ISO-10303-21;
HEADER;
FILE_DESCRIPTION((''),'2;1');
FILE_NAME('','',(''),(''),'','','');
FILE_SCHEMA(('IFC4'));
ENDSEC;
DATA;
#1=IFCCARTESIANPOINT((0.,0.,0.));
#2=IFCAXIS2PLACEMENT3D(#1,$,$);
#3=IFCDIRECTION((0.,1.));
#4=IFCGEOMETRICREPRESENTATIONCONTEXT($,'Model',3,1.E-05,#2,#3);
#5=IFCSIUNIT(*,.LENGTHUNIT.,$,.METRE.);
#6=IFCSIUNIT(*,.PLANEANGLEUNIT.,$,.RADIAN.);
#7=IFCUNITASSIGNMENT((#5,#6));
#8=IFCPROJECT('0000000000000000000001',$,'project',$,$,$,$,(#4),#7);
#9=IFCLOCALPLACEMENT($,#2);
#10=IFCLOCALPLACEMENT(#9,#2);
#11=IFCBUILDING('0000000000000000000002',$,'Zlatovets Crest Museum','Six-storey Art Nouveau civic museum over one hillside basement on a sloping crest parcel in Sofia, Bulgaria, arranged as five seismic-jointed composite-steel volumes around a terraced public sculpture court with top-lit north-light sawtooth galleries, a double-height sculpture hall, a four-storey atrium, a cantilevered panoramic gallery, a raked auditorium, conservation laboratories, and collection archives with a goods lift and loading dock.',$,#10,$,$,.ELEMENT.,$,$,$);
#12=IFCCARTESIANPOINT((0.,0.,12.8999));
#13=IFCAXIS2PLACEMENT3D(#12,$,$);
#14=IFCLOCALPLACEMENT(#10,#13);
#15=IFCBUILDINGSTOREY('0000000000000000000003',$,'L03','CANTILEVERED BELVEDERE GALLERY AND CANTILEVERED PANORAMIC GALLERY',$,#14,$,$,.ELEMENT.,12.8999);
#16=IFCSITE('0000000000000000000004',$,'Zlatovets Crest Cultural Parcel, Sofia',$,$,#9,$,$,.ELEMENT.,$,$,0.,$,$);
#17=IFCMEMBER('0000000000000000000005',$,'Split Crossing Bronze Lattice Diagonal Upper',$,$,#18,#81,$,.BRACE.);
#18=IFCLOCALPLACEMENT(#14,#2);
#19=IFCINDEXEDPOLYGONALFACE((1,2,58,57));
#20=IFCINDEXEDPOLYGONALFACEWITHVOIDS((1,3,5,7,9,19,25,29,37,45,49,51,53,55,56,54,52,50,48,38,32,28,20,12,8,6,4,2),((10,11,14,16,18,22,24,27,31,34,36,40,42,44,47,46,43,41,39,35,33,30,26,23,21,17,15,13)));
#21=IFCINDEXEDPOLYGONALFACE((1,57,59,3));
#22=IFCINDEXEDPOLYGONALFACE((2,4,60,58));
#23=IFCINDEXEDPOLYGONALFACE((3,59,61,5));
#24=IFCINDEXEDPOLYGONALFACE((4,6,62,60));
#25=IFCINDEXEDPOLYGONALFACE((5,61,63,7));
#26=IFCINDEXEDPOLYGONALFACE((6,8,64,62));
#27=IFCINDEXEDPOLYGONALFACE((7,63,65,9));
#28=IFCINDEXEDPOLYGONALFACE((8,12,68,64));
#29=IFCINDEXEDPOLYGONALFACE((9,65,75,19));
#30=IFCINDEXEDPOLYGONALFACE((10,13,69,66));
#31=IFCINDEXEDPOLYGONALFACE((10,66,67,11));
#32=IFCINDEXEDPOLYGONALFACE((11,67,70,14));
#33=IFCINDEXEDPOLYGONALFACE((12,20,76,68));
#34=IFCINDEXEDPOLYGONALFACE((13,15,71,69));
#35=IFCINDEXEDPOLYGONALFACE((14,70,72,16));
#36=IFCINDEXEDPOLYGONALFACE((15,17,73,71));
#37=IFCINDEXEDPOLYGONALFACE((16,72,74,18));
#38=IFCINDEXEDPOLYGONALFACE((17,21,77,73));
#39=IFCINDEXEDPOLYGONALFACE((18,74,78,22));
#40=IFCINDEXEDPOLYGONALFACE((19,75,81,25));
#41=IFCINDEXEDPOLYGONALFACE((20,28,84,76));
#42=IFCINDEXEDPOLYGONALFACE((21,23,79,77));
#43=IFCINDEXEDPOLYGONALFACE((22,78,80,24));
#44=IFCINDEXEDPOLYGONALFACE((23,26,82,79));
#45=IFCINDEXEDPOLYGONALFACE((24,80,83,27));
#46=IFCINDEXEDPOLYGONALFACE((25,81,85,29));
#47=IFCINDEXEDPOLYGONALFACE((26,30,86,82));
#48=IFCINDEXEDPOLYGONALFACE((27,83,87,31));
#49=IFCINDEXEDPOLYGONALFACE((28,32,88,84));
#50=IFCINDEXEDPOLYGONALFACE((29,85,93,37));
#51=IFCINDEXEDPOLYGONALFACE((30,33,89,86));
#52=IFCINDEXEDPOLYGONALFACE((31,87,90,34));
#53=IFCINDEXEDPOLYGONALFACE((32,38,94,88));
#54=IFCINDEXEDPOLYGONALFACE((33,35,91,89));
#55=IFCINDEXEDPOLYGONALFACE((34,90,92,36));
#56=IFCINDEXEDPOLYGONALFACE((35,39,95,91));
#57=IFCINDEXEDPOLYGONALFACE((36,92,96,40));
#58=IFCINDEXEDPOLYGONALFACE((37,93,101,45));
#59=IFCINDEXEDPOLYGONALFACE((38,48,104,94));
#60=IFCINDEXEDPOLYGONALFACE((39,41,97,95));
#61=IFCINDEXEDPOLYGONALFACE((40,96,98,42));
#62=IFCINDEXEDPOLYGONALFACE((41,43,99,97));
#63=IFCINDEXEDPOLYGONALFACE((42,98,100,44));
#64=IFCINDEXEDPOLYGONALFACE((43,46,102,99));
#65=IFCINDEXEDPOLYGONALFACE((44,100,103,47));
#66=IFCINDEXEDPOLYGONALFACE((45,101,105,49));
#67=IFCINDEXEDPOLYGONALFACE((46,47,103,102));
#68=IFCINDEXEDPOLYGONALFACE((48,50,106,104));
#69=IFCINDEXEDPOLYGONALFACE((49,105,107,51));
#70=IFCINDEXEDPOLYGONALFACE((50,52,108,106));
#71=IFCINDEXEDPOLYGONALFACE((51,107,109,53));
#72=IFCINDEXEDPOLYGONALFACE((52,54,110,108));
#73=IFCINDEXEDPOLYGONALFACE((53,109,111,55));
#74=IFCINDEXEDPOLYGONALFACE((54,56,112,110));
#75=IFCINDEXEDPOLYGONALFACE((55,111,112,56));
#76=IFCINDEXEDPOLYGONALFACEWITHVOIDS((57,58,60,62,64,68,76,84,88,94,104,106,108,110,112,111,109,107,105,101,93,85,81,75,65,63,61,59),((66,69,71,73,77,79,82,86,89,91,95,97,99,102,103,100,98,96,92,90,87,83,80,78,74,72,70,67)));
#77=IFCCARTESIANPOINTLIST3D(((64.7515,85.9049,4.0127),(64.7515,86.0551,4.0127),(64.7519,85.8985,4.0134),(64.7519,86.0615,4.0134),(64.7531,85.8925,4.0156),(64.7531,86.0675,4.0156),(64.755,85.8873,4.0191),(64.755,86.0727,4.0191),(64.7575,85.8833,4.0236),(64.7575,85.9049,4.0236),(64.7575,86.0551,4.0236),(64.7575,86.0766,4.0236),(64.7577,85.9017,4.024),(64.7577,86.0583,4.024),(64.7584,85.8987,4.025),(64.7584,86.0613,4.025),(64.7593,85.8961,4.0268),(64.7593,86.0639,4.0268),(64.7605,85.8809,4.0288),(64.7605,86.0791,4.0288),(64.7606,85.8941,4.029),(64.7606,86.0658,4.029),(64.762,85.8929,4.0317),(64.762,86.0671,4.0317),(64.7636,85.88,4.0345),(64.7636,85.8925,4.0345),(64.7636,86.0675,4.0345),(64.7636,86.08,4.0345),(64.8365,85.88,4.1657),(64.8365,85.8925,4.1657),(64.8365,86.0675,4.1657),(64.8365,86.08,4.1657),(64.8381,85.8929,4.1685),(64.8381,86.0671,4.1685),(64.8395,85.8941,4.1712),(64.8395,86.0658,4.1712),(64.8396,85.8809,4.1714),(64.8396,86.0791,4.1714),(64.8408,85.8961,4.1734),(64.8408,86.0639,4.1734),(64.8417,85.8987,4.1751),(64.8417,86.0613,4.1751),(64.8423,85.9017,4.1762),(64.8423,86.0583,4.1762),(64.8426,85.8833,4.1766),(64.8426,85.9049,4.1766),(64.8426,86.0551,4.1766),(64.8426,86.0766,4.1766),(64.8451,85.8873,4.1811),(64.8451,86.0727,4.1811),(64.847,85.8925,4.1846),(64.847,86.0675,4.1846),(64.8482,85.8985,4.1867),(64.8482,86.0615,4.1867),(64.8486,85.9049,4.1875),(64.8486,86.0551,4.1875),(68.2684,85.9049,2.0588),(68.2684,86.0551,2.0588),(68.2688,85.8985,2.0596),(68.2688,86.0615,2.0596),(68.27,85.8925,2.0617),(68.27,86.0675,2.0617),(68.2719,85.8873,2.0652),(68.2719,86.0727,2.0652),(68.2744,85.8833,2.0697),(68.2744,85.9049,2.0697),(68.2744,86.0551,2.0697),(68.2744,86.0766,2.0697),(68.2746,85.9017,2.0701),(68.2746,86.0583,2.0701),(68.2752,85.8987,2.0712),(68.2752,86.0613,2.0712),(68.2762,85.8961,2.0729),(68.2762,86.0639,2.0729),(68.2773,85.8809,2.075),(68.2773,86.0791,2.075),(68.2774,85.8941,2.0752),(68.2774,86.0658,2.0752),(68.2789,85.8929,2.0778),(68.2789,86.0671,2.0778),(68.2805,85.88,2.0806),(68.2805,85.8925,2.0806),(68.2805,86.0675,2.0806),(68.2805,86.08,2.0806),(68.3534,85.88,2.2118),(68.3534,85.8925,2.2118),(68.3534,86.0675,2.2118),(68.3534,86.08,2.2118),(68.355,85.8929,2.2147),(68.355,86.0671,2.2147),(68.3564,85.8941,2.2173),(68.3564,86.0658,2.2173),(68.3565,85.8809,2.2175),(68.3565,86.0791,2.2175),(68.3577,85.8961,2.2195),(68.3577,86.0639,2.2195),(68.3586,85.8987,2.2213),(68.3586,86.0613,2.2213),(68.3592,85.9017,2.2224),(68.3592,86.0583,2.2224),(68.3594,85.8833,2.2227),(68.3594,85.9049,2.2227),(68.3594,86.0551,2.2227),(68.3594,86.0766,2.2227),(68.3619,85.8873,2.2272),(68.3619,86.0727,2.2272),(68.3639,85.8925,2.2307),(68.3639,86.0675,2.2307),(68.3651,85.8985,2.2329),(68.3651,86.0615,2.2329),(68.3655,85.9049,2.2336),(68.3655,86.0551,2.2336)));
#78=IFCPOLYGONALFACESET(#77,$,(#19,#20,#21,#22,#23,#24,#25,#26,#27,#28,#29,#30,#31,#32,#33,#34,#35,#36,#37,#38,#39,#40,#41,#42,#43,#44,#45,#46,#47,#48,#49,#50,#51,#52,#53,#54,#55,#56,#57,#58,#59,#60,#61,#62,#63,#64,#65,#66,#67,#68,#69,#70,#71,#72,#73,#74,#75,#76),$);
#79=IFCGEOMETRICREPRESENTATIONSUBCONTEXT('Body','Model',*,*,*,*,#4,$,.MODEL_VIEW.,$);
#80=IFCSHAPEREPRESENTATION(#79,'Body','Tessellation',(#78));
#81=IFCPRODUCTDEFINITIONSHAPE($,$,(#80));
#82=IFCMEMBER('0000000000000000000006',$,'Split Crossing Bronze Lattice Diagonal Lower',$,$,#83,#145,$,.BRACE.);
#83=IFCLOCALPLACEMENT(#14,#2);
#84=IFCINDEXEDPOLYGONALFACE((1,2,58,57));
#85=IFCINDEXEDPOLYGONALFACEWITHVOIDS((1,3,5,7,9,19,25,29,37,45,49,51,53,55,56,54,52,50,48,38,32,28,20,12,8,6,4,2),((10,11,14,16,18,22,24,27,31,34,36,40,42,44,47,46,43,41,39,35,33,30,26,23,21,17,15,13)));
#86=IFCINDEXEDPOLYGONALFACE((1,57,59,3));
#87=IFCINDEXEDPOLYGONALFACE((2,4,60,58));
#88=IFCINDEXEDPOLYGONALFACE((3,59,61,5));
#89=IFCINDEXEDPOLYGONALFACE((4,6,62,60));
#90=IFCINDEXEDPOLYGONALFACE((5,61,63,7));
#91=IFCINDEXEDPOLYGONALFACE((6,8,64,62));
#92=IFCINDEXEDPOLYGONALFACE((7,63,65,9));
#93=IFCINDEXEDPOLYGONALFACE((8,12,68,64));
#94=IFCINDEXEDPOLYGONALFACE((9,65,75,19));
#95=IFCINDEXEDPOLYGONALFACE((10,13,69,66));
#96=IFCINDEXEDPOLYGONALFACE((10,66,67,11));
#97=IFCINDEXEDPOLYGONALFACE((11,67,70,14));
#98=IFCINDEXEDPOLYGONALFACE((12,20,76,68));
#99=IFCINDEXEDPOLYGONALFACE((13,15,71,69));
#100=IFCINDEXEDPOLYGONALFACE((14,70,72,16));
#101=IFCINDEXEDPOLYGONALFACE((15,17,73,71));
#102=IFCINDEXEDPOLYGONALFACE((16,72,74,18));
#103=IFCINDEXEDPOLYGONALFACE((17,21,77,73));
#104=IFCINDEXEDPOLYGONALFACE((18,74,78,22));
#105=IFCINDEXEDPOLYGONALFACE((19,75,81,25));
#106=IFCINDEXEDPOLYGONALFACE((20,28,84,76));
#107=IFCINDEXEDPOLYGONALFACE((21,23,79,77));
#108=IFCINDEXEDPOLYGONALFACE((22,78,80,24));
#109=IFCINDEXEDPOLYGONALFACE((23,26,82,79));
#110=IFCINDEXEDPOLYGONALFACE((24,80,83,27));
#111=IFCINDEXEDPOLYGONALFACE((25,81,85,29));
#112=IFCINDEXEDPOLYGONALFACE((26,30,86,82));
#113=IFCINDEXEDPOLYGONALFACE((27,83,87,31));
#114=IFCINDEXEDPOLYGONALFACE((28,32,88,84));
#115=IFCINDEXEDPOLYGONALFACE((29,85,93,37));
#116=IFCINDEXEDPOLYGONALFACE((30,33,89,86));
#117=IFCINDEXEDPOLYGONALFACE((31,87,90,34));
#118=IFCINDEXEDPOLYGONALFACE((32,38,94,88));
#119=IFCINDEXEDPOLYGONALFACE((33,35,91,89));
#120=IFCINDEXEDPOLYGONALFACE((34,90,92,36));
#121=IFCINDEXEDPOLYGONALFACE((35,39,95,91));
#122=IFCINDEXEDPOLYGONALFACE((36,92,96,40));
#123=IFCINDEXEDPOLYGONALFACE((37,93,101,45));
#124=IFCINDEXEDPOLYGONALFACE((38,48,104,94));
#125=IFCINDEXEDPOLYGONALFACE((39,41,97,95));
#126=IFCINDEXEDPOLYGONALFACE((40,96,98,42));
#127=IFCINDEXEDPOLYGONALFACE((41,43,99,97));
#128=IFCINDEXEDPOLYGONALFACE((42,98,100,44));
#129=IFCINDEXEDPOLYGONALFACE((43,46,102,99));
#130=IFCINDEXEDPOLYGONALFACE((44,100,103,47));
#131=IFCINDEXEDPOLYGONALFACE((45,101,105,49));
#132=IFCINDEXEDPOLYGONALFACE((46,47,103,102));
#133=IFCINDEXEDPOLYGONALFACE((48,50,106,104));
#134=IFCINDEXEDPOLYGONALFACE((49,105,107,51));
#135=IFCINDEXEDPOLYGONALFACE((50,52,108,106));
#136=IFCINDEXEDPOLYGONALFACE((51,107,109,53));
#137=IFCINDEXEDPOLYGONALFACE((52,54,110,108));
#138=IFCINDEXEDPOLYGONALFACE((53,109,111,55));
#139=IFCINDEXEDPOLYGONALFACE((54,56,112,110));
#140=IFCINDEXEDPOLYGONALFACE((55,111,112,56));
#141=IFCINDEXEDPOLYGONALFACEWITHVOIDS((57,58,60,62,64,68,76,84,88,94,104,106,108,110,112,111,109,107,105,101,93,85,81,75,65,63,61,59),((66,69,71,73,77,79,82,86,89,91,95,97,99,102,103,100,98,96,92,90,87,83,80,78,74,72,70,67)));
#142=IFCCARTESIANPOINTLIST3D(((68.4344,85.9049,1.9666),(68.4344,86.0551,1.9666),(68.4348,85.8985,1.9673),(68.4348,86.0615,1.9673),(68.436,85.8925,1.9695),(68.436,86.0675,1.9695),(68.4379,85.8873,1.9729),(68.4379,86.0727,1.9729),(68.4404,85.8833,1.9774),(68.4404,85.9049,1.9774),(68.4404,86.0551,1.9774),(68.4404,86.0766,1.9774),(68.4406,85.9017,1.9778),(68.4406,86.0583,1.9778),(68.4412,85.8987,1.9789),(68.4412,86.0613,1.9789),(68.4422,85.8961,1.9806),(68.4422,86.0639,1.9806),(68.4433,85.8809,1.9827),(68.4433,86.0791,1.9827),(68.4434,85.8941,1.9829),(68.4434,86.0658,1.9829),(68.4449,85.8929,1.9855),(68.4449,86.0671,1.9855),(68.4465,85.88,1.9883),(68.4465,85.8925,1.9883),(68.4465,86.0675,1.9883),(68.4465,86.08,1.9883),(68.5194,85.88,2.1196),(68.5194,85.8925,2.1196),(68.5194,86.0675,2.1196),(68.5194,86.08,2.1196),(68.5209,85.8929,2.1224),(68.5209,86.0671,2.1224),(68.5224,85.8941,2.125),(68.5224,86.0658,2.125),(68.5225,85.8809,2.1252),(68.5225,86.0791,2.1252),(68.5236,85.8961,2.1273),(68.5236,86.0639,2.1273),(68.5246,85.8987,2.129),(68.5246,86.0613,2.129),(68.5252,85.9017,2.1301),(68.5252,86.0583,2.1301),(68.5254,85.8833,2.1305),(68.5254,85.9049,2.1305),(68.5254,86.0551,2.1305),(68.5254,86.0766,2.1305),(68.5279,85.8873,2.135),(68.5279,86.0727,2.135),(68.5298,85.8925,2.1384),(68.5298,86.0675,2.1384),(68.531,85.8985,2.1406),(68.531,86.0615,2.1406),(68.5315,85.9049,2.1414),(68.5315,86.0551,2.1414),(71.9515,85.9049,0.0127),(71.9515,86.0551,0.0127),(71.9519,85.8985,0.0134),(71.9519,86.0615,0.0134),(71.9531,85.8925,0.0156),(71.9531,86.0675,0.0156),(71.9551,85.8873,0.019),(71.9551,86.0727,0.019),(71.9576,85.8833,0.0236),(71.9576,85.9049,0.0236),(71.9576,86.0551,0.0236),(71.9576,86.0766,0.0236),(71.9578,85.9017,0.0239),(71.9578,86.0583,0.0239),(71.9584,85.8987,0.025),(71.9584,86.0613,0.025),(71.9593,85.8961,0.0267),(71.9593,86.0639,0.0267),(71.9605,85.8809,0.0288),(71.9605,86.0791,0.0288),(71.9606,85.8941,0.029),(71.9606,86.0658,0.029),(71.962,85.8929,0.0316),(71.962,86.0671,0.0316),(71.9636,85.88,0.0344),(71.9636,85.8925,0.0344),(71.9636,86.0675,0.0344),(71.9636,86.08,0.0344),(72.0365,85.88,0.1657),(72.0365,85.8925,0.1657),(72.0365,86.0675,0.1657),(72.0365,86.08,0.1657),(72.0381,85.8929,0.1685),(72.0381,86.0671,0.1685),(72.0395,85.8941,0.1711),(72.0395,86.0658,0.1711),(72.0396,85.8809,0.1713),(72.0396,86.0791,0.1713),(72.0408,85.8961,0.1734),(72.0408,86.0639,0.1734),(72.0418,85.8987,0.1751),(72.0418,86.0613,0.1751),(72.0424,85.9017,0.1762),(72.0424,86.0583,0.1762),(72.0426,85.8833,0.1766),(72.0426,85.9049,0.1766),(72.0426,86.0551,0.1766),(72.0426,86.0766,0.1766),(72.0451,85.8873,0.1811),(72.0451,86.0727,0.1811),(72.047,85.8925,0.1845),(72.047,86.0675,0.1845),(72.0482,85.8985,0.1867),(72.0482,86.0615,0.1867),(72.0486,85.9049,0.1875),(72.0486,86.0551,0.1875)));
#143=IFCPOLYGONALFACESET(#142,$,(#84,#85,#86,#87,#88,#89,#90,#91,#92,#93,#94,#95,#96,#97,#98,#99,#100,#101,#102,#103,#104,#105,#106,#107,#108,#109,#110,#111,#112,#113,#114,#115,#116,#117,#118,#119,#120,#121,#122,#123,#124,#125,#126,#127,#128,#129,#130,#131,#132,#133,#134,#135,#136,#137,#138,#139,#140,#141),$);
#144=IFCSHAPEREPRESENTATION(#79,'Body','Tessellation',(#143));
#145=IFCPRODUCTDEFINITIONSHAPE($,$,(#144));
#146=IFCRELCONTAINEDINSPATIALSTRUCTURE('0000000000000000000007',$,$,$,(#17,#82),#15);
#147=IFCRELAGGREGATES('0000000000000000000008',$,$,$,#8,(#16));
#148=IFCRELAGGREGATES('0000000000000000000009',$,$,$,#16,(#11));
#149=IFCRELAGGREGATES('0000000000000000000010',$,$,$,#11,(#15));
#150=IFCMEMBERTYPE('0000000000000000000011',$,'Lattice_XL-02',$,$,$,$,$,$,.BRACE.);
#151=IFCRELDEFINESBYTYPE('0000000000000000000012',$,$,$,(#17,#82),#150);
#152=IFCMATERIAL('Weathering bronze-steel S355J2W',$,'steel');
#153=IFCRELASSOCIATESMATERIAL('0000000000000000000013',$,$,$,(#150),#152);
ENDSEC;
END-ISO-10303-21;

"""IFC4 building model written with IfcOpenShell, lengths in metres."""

from ifc_helpers import new_model, si_unit, direction, frame, origin, origin_2d, place, context, subcontext, project, spatial, hollow_rectangle, extrude, material, material_profile, profile_set, type_object, element, save


model = new_model("IFC4")

# Units and contexts
model_context = context("Model", 3, precision=1e-05, world=origin(), true_north=direction((0.0, 1.0)))
body_context = subcontext(model_context, "Body", "Model", "MODEL_VIEW")
ifc_project = project(units=[si_unit("LENGTHUNIT", "METRE"), si_unit("PLANEANGLEUNIT", "RADIAN")], contexts=[model_context])

# Site, building, storey
site_placement = place(None, origin())
site = spatial("IfcSite", under=ifc_project, at=site_placement, Name="Zlatovets Crest Cultural Parcel, Sofia", CompositionType="ELEMENT", RefElevation=0.0)
building_placement = place(site_placement, origin())
building = spatial("IfcBuilding", under=site, at=building_placement, Name="Zlatovets Crest Museum", Description="Six-storey Art Nouveau civic museum over one hillside basement on a sloping crest parcel in Sofia, Bulgaria, arranged as five seismic-jointed composite-steel volumes around a terraced public sculpture court with top-lit north-light sawtooth galleries, a double-height sculpture hall, a four-storey atrium, a cantilevered panoramic gallery, a raked auditorium, conservation laboratories, and collection archives with a goods lift and loading dock.", CompositionType="ELEMENT")
storey_placement = place(building_placement, frame((0.0, 0.0, 12.8999)))
storey = spatial("IfcBuildingStorey", under=building, at=storey_placement, Name="L03", Description="CANTILEVERED BELVEDERE GALLERY AND CANTILEVERED PANORAMIC GALLERY", CompositionType="ELEMENT", Elevation=12.8999)

# Members
ifc_material_1 = material(Name="Weathering bronze-steel S355J2W", Category="steel")
ifc_material_profile_1 = material_profile(ifc_material_1, hollow_rectangle(XDim=0.2, YDim=0.2, WallThickness=0.0125, InnerFilletRadius=0.0125, OuterFilletRadius=0.0249, at=origin_2d()), Name="SHS 200x200x12.5")
ifc_profile_set_1 = profile_set([ifc_material_profile_1], Name="Weathering bronze-steel S355J2W")
member_type_1 = type_object("IfcMemberType", Name="Lattice_XL-02", PredefinedType="BRACE", material=ifc_profile_set_1)
member_1_placement = place(storey_placement, frame((64.8, 85.98, 4.1001), z_axis=(0.874152, 0.0, -0.485653), x_axis=(0.0, 1.0, 0.0)))
element("IfcMember", 1, at=member_1_placement, inside=storey, type_object=member_type_1, Name="Split Crossing Bronze Lattice Diagonal Upper", PredefinedType="BRACE", context=body_context, shape_type="SweptSolid", body=[
    extrude(hollow_rectangle(XDim=0.2, YDim=0.2, WallThickness=0.0125, InnerFilletRadius=0.0125, OuterFilletRadius=0.0249, at=origin_2d()), origin(), (0.0, 0.0, 1.0), 4.0232),
])
member_2_placement = place(storey_placement, frame((68.4829, 85.98, 2.054), z_axis=(0.874166, 0.0, -0.485627), x_axis=(0.0, 1.0, 0.0)))
element("IfcMember", 2, at=member_2_placement, inside=storey, type_object=member_type_1, Name="Split Crossing Bronze Lattice Diagonal Lower", PredefinedType="BRACE", context=body_context, shape_type="SweptSolid", body=[
    extrude(hollow_rectangle(XDim=0.2, YDim=0.2, WallThickness=0.0125, InnerFilletRadius=0.0125, OuterFilletRadius=0.0249, at=origin_2d()), origin(), (0.0, 0.0, 1.0), 4.0234),
])

save(model, "model.ifc")
